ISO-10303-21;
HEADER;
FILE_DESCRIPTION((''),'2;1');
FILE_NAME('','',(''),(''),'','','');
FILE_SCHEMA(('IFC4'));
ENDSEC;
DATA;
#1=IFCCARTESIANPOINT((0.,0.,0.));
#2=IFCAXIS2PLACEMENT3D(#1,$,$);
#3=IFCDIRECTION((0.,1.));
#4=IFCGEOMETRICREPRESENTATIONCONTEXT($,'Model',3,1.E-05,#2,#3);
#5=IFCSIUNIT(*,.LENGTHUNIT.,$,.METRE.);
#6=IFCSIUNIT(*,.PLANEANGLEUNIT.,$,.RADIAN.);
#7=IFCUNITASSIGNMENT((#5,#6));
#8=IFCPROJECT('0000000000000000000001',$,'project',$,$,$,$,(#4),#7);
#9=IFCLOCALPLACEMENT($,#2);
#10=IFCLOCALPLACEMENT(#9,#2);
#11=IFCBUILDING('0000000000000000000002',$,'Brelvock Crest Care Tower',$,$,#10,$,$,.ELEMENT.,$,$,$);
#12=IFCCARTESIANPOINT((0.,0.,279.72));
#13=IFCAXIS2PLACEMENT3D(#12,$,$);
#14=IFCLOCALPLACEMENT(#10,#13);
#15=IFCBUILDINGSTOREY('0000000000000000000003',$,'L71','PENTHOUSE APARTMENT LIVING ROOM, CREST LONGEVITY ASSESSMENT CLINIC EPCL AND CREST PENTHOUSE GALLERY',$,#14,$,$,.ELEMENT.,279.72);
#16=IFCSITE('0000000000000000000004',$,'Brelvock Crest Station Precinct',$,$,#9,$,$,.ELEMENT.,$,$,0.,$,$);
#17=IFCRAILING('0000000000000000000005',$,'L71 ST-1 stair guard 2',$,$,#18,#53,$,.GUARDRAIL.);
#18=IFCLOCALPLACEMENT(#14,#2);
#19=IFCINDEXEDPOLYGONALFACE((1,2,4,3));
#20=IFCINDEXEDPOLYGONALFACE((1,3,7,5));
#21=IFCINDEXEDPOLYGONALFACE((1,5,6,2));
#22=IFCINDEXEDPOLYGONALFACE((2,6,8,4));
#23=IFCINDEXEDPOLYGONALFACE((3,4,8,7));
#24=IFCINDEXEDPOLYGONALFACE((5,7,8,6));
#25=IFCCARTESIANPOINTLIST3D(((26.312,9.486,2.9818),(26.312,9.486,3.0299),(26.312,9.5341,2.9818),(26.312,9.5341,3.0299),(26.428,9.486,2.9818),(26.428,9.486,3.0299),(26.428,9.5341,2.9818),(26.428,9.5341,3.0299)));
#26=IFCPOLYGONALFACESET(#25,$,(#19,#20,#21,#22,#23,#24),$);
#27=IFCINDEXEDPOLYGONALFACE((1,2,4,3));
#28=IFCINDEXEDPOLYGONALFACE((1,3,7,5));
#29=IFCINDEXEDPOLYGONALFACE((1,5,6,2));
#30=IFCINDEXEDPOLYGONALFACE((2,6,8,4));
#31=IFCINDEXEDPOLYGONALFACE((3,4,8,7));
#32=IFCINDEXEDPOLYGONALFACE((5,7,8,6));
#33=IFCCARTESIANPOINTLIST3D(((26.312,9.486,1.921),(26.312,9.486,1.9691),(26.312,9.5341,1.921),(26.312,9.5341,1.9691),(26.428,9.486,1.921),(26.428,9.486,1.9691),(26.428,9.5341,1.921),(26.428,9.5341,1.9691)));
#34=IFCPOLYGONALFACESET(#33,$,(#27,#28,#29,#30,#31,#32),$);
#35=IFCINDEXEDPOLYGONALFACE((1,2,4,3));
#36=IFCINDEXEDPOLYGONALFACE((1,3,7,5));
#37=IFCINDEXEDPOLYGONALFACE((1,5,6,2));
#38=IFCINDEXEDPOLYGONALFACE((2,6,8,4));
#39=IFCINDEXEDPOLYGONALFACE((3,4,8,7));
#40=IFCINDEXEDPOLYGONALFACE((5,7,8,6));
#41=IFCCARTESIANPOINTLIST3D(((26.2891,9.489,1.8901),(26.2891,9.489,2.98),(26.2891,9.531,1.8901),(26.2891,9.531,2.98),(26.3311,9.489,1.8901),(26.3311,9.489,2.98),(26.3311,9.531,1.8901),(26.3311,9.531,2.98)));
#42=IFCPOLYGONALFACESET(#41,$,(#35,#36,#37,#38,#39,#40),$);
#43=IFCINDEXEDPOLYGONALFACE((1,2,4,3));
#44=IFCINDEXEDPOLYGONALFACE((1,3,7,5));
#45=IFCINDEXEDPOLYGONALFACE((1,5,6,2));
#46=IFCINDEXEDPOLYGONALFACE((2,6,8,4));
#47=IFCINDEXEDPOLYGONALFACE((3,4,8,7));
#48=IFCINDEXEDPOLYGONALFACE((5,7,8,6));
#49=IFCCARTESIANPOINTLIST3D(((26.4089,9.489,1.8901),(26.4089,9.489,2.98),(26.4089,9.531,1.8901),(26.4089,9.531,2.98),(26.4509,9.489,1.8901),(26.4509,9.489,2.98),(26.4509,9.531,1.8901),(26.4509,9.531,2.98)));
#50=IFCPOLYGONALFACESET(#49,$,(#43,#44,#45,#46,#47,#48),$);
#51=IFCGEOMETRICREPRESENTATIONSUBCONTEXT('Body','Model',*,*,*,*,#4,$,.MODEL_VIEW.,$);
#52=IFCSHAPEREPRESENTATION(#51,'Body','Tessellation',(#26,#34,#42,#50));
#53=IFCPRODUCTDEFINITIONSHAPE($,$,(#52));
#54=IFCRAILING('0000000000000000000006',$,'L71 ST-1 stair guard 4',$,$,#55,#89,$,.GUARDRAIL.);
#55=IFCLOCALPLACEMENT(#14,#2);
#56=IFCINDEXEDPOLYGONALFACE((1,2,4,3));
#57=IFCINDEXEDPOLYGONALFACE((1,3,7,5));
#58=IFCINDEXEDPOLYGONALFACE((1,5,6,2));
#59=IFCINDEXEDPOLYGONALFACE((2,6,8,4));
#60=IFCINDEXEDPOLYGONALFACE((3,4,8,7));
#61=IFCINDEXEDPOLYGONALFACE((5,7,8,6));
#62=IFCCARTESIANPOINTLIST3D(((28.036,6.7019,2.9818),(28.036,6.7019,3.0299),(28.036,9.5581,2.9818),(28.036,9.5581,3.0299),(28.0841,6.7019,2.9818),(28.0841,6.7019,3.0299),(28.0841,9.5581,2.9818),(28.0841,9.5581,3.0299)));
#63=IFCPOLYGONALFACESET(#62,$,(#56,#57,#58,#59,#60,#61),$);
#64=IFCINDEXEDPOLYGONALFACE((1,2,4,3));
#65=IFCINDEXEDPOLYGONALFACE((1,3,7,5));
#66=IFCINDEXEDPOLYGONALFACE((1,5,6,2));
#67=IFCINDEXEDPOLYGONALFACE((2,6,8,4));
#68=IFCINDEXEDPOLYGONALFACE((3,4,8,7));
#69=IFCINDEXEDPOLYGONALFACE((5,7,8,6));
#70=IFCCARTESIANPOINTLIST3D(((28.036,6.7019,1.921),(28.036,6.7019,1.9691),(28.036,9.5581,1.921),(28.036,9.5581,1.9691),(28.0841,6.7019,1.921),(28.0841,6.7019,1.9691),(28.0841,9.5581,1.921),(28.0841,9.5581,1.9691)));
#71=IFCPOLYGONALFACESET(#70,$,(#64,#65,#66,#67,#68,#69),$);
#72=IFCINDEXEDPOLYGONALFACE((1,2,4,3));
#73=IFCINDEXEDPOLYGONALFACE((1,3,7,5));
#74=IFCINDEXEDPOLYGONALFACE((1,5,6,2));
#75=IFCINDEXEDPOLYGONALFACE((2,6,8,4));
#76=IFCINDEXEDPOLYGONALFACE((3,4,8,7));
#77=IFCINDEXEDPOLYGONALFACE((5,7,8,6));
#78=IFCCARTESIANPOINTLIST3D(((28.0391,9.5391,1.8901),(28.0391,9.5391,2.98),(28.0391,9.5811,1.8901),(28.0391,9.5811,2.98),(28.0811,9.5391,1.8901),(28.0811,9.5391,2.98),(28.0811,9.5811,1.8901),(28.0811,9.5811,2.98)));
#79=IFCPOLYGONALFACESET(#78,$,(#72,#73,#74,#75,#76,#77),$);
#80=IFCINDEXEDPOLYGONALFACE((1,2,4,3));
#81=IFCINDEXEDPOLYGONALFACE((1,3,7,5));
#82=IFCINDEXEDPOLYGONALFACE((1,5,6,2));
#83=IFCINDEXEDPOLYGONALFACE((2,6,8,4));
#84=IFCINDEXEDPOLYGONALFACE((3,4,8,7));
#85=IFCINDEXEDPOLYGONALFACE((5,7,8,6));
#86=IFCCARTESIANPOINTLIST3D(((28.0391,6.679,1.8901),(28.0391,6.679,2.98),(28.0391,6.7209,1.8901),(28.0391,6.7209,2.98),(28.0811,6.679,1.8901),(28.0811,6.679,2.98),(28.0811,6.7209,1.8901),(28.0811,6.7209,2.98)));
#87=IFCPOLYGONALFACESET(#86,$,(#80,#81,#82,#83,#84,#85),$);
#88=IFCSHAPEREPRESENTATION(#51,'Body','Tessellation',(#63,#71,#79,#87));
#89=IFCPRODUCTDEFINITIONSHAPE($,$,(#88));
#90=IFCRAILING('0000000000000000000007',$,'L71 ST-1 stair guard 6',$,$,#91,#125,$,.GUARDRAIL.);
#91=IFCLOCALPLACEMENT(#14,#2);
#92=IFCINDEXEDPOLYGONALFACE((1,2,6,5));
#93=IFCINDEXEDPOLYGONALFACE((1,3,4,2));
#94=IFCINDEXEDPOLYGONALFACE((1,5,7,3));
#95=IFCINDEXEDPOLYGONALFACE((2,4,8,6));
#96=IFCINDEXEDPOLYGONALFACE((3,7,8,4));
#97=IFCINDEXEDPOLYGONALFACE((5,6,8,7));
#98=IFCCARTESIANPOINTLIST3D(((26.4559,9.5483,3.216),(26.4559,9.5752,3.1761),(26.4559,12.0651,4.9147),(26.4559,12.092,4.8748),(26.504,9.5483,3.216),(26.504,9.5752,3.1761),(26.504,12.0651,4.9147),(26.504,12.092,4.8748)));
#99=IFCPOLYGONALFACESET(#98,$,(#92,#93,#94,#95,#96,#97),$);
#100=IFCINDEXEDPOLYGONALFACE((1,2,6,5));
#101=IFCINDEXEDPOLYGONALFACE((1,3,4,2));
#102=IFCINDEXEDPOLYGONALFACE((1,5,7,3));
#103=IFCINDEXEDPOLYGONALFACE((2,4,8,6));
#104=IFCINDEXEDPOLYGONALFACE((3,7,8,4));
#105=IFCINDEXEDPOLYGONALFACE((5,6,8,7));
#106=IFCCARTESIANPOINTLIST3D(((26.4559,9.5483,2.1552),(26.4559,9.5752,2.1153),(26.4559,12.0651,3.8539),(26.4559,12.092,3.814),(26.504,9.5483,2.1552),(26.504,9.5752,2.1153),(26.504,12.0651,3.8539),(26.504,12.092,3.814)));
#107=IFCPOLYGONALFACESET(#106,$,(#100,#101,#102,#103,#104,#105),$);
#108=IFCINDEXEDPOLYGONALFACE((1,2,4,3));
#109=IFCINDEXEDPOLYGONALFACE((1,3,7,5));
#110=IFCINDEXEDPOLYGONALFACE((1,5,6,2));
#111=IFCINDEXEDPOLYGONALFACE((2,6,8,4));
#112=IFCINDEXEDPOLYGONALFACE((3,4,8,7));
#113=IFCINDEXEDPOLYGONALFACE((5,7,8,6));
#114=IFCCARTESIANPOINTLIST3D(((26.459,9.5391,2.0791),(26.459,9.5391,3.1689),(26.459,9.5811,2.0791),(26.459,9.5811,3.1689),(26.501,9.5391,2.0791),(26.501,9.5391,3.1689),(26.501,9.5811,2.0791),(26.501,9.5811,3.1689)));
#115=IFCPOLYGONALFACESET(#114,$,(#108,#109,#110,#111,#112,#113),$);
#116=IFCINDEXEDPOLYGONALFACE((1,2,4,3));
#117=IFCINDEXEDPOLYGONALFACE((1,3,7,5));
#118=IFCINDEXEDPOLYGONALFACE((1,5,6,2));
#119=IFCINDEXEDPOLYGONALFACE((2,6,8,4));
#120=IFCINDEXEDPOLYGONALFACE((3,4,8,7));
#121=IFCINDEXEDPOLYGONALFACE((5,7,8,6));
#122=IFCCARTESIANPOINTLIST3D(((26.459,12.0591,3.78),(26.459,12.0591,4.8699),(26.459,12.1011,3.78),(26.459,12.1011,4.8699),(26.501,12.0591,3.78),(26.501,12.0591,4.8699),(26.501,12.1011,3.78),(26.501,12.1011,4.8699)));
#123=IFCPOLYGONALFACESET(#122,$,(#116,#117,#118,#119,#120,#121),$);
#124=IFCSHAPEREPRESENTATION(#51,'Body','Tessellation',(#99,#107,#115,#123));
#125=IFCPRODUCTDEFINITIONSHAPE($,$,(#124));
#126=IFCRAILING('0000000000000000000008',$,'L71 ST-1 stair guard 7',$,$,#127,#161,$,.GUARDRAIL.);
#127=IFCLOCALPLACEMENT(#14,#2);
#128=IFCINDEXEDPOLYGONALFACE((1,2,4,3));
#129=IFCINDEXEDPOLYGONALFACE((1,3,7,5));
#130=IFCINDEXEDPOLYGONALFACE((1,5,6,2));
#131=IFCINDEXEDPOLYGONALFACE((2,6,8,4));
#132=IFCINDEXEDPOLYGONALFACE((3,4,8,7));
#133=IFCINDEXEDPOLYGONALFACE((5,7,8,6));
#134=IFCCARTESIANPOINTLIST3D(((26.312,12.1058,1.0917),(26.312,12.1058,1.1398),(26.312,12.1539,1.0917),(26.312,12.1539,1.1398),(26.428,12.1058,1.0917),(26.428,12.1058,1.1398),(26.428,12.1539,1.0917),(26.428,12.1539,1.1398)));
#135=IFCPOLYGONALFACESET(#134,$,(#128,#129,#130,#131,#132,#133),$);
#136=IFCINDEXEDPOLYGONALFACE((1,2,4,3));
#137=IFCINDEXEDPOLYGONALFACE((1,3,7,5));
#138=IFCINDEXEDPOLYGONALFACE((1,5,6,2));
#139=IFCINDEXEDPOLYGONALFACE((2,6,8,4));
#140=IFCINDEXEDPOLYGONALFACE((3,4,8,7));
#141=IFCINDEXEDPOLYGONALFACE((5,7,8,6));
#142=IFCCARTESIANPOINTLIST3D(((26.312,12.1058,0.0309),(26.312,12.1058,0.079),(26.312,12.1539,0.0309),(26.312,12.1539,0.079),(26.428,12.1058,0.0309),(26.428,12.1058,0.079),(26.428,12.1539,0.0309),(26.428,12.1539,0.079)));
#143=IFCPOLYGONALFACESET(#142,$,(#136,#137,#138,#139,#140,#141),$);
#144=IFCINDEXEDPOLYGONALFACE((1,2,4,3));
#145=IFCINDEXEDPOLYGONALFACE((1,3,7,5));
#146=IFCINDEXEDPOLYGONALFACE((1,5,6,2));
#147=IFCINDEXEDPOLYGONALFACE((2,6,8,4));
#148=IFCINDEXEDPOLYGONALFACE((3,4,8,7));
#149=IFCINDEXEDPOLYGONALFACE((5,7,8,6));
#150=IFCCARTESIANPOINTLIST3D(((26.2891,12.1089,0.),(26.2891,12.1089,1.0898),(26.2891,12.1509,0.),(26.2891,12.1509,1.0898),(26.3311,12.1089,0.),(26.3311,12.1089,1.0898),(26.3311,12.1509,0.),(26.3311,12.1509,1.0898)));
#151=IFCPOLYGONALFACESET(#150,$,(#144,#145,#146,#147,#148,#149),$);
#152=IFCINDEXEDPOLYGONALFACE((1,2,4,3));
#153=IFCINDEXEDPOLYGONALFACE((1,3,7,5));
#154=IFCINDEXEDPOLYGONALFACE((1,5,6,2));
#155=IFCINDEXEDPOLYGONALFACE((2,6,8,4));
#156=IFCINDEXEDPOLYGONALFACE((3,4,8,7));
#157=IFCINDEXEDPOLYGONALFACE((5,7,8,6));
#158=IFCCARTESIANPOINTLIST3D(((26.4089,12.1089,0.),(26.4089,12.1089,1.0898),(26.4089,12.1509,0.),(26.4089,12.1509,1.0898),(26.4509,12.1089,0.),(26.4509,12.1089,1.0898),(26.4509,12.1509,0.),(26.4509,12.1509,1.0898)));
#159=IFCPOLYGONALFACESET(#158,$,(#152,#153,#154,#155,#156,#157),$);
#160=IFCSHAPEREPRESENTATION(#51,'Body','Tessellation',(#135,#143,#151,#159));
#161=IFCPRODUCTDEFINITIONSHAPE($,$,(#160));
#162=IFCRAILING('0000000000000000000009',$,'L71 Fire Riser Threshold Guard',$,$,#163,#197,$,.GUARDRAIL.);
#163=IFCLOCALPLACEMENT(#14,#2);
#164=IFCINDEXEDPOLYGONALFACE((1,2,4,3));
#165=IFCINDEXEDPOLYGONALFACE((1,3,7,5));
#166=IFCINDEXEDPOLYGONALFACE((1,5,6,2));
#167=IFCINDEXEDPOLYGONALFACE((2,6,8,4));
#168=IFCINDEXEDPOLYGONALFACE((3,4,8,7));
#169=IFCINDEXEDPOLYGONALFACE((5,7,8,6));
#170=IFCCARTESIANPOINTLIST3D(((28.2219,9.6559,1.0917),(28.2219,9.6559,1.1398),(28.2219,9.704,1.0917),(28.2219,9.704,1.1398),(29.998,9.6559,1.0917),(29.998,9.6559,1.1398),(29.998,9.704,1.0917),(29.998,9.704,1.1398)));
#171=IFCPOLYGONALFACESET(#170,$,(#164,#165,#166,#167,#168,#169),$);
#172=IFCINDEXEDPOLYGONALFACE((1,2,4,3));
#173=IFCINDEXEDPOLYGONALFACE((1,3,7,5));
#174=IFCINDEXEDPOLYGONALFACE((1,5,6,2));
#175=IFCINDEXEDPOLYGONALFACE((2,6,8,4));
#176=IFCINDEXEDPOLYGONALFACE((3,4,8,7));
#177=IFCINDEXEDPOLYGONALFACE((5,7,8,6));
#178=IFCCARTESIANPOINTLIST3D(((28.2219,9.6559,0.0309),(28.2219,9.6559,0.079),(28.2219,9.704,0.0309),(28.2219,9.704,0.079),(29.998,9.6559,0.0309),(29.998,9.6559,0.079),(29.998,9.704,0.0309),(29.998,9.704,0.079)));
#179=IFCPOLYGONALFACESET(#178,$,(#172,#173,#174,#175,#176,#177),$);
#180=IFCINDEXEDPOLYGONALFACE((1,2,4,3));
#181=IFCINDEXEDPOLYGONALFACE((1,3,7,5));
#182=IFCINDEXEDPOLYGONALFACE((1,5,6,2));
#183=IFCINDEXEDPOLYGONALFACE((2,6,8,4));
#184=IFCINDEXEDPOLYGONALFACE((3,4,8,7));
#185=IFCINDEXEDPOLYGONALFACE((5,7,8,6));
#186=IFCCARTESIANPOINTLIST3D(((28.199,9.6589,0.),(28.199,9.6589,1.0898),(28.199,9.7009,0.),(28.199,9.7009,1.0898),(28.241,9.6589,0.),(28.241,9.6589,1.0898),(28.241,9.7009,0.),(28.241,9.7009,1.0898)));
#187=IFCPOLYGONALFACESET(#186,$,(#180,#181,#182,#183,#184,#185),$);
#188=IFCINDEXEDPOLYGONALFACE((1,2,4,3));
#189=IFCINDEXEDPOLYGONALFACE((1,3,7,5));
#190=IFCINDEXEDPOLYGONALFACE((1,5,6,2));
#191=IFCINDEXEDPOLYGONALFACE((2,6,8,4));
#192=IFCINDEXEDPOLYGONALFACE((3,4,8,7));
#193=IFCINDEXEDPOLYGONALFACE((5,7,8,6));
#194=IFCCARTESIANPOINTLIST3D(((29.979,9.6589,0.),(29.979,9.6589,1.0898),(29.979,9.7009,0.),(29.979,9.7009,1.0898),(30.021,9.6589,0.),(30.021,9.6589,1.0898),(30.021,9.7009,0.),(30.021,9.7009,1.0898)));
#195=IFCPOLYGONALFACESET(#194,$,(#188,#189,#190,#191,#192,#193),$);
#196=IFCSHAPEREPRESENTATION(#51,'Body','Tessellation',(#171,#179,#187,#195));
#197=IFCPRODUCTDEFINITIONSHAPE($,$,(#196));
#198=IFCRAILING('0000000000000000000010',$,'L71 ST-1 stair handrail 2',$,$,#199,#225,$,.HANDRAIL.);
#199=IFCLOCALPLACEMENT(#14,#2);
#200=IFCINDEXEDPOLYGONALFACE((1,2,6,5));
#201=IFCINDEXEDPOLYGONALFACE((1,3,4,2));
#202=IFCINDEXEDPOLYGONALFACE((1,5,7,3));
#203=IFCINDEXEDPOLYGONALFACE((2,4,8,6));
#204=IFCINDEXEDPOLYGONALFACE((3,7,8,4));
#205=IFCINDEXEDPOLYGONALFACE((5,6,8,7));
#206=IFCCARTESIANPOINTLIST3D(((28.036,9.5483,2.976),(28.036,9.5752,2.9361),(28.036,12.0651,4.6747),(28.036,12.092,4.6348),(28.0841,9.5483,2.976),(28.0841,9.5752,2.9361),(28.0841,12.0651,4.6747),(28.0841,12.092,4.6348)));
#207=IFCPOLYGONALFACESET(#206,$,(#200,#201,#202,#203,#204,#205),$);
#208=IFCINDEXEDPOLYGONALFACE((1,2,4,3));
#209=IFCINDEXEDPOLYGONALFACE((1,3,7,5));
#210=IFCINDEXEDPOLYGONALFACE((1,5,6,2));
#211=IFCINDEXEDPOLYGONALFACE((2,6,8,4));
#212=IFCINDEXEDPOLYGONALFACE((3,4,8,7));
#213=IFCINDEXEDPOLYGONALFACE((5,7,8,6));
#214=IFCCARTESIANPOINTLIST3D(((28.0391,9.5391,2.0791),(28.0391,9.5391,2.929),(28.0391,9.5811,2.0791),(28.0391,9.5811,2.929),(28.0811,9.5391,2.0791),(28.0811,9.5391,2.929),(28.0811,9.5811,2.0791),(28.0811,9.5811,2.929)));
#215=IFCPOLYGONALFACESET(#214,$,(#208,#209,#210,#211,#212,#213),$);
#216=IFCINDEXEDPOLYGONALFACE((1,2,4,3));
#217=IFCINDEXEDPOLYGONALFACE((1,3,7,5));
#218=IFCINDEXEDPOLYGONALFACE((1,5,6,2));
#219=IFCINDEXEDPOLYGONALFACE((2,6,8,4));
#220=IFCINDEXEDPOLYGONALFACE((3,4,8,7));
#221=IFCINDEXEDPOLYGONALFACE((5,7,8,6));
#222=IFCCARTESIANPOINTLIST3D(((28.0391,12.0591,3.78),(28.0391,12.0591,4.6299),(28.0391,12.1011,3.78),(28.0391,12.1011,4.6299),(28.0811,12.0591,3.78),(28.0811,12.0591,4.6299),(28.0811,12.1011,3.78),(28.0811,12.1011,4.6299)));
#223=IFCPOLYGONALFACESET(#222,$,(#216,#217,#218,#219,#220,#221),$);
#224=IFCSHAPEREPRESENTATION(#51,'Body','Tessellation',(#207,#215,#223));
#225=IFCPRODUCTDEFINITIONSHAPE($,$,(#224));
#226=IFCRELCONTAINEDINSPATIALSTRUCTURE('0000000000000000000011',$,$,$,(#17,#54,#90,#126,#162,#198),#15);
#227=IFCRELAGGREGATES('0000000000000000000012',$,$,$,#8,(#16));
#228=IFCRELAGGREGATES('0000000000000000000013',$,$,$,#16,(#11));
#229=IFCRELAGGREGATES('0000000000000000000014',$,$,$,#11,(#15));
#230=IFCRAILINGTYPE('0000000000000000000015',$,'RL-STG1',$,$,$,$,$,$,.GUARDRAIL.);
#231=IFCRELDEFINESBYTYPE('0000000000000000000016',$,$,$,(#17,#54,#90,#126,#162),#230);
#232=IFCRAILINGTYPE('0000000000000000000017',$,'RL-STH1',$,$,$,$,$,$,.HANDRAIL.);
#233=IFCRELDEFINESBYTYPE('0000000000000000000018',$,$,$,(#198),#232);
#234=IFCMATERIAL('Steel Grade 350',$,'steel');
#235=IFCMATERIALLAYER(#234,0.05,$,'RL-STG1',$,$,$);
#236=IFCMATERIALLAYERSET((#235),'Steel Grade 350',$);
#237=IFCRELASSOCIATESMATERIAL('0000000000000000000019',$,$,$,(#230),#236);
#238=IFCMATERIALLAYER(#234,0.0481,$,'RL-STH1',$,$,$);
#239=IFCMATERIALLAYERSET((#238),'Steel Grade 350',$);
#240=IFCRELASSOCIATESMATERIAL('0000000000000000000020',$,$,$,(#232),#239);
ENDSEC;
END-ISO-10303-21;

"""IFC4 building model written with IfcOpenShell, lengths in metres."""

from ifc_helpers import new_model, si_unit, direction, frame, origin, origin_2d, place, context, subcontext, project, spatial, rectangle, extrude, material, layer, layer_set, type_object, element, save


model = new_model("IFC4")

# Units and contexts
model_context = context("Model", 3, precision=1e-05, world=origin(), true_north=direction((0.0, 1.0)))
body_context = subcontext(model_context, "Body", "Model", "MODEL_VIEW")
ifc_project = project(units=[si_unit("LENGTHUNIT", "METRE"), si_unit("PLANEANGLEUNIT", "RADIAN")], contexts=[model_context])

# Site, building, storey
site_placement = place(None, origin())
site = spatial("IfcSite", under=ifc_project, at=site_placement, Name="Brelvock Crest Station Precinct", CompositionType="ELEMENT", RefElevation=0.0)
building_placement = place(site_placement, origin())
building = spatial("IfcBuilding", under=site, at=building_placement, Name="Brelvock Crest Care Tower", CompositionType="ELEMENT")
storey_placement = place(building_placement, frame((0.0, 0.0, 279.72)))
storey = spatial("IfcBuildingStorey", under=building, at=storey_placement, Name="L71", Description="PENTHOUSE APARTMENT LIVING ROOM, CREST LONGEVITY ASSESSMENT CLINIC EPCL AND CREST PENTHOUSE GALLERY", CompositionType="ELEMENT", Elevation=279.72)

# Shared definitions
ifc_material_1 = material(Name="Steel Grade 350", Category="steel")

# Railings
ifc_layer_1 = layer(ifc_material_1, 0.05, Name="RL-STG1")
ifc_layer_set_1 = layer_set([ifc_layer_1], Name="Steel Grade 350")
railing_type_1 = type_object("IfcRailingType", Name="RL-STG1", PredefinedType="GUARDRAIL", material=ifc_layer_set_1)
railing_1_placement = place(storey_placement, frame((26.3101, 9.51, 1.8901)))
element("IfcRailing", 1, at=railing_1_placement, inside=storey, type_object=railing_type_1, Name="L71 ST-1 stair guard 2", PredefinedType="GUARDRAIL", context=body_context, shape_type="SweptSolid", body=[
    extrude(rectangle(XDim=0.0481, YDim=0.0481, at=origin_2d()), frame((0.002, 0.0, 1.1157), z_axis=(1.0, 0.0, 0.0), x_axis=(0.0, 1.0, 0.0)), (0.0, 0.0, 1.0), 0.116),
    extrude(rectangle(XDim=0.0481, YDim=0.0481, at=origin_2d()), frame((0.002, 0.0, 0.0549), z_axis=(1.0, 0.0, 0.0), x_axis=(0.0, 1.0, 0.0)), (0.0, 0.0, 1.0), 0.116),
    extrude(rectangle(XDim=0.042, YDim=0.042, at=origin_2d()), origin(), (0.0, 0.0, 1.0), 1.0898),
    extrude(rectangle(XDim=0.042, YDim=0.042, at=origin_2d()), frame((0.1199, 0.0, 0.0)), (0.0, 0.0, 1.0), 1.0898),
])
railing_2_placement = place(storey_placement, frame((28.0601, 9.5601, 1.8901)))
element("IfcRailing", 2, at=railing_2_placement, inside=storey, type_object=railing_type_1, Name="L71 ST-1 stair guard 4", PredefinedType="GUARDRAIL", context=body_context, shape_type="SweptSolid", body=[
    extrude(rectangle(XDim=0.0481, YDim=0.0481, at=origin_2d()), frame((0.0, -0.002, 1.1157), z_axis=(0.0, -1.0, 0.0), x_axis=(1.0, 0.0, 0.0)), (0.0, 0.0, 1.0), 2.8562),
    extrude(rectangle(XDim=0.0481, YDim=0.0481, at=origin_2d()), frame((0.0, -0.002, 0.0549), z_axis=(0.0, -1.0, 0.0), x_axis=(1.0, 0.0, 0.0)), (0.0, 0.0, 1.0), 2.8562),
    extrude(rectangle(XDim=0.042, YDim=0.042, at=origin_2d()), origin(), (0.0, 0.0, 1.0), 1.0898),
    extrude(rectangle(XDim=0.042, YDim=0.042, at=origin_2d()), frame((0.0, -2.8601, 0.0)), (0.0, 0.0, 1.0), 1.0898),
])
railing_3_placement = place(storey_placement, frame((26.48, 9.5601, 2.0791)))
element("IfcRailing", 3, at=railing_3_placement, inside=storey, type_object=railing_type_1, Name="L71 ST-1 stair guard 6", PredefinedType="GUARDRAIL", context=body_context, shape_type="SweptSolid", body=[
    extrude(rectangle(XDim=0.0481, YDim=0.0481, at=origin_2d()), frame((0.0, 0.0017, 1.1169), z_axis=(0.0, 0.828862, 0.559454), x_axis=(-1.0, 0.0, 0.0)), (0.0, 0.0, 1.0), 3.0364),
    extrude(rectangle(XDim=0.0481, YDim=0.0481, at=origin_2d()), frame((0.0, 0.0017, 0.0562), z_axis=(0.0, 0.828862, 0.559454), x_axis=(-1.0, 0.0, 0.0)), (0.0, 0.0, 1.0), 3.0364),
    extrude(rectangle(XDim=0.042, YDim=0.042, at=origin_2d()), origin(), (0.0, 0.0, 1.0), 1.0898),
    extrude(rectangle(XDim=0.042, YDim=0.042, at=origin_2d()), frame((0.0, 2.52, 1.7009)), (0.0, 0.0, 1.0), 1.0898),
])
railing_4_placement = place(storey_placement, frame((26.3101, 12.1299, 0.0)))
element("IfcRailing", 4, at=railing_4_placement, inside=storey, type_object=railing_type_1, Name="L71 ST-1 stair guard 7", PredefinedType="GUARDRAIL", context=body_context, shape_type="SweptSolid", body=[
    extrude(rectangle(XDim=0.0481, YDim=0.0481, at=origin_2d()), frame((0.002, 0.0, 1.1157), z_axis=(1.0, 0.0, 0.0), x_axis=(0.0, 1.0, 0.0)), (0.0, 0.0, 1.0), 0.116),
    extrude(rectangle(XDim=0.0481, YDim=0.0481, at=origin_2d()), frame((0.002, 0.0, 0.0549), z_axis=(1.0, 0.0, 0.0), x_axis=(0.0, 1.0, 0.0)), (0.0, 0.0, 1.0), 0.116),
    extrude(rectangle(XDim=0.042, YDim=0.042, at=origin_2d()), origin(), (0.0, 0.0, 1.0), 1.0898),
    extrude(rectangle(XDim=0.042, YDim=0.042, at=origin_2d()), frame((0.1199, 0.0, 0.0)), (0.0, 0.0, 1.0), 1.0898),
])
railing_5_placement = place(storey_placement, frame((28.22, 9.6799, 0.0)))
element("IfcRailing", 5, at=railing_5_placement, inside=storey, type_object=railing_type_1, Name="L71 Fire Riser Threshold Guard", PredefinedType="GUARDRAIL", context=body_context, shape_type="SweptSolid", body=[
    extrude(rectangle(XDim=0.0481, YDim=0.0481, at=origin_2d()), frame((0.002, 0.0, 1.1157), z_axis=(1.0, 0.0, 0.0), x_axis=(0.0, 1.0, 0.0)), (0.0, 0.0, 1.0), 1.7761),
    extrude(rectangle(XDim=0.0481, YDim=0.0481, at=origin_2d()), frame((0.002, 0.0, 0.0549), z_axis=(1.0, 0.0, 0.0), x_axis=(0.0, 1.0, 0.0)), (0.0, 0.0, 1.0), 1.7761),
    extrude(rectangle(XDim=0.042, YDim=0.042, at=origin_2d()), origin(), (0.0, 0.0, 1.0), 1.0898),
    extrude(rectangle(XDim=0.042, YDim=0.042, at=origin_2d()), frame((1.78, 0.0, 0.0)), (0.0, 0.0, 1.0), 1.0898),
])
ifc_layer_2 = layer(ifc_material_1, 0.0481, Name="RL-STH1")
ifc_layer_set_2 = layer_set([ifc_layer_2], Name="Steel Grade 350")
railing_type_2 = type_object("IfcRailingType", Name="RL-STH1", PredefinedType="HANDRAIL", material=ifc_layer_set_2)
railing_6_placement = place(storey_placement, frame((28.0601, 9.5601, 2.0791)))
element("IfcRailing", 6, at=railing_6_placement, inside=storey, type_object=railing_type_2, Name="L71 ST-1 stair handrail 2", PredefinedType="HANDRAIL", context=body_context, shape_type="SweptSolid", body=[
    extrude(rectangle(XDim=0.0481, YDim=0.0481, at=origin_2d()), frame((0.0, 0.0017, 0.877), z_axis=(0.0, 0.828862, 0.559454), x_axis=(-1.0, 0.0, 0.0)), (0.0, 0.0, 1.0), 3.0364),
    extrude(rectangle(XDim=0.042, YDim=0.042, at=origin_2d()), origin(), (0.0, 0.0, 1.0), 0.8499),
    extrude(rectangle(XDim=0.042, YDim=0.042, at=origin_2d()), frame((0.0, 2.52, 1.7009)), (0.0, 0.0, 1.0), 0.8499),
])

save(model, "model.ifc")
